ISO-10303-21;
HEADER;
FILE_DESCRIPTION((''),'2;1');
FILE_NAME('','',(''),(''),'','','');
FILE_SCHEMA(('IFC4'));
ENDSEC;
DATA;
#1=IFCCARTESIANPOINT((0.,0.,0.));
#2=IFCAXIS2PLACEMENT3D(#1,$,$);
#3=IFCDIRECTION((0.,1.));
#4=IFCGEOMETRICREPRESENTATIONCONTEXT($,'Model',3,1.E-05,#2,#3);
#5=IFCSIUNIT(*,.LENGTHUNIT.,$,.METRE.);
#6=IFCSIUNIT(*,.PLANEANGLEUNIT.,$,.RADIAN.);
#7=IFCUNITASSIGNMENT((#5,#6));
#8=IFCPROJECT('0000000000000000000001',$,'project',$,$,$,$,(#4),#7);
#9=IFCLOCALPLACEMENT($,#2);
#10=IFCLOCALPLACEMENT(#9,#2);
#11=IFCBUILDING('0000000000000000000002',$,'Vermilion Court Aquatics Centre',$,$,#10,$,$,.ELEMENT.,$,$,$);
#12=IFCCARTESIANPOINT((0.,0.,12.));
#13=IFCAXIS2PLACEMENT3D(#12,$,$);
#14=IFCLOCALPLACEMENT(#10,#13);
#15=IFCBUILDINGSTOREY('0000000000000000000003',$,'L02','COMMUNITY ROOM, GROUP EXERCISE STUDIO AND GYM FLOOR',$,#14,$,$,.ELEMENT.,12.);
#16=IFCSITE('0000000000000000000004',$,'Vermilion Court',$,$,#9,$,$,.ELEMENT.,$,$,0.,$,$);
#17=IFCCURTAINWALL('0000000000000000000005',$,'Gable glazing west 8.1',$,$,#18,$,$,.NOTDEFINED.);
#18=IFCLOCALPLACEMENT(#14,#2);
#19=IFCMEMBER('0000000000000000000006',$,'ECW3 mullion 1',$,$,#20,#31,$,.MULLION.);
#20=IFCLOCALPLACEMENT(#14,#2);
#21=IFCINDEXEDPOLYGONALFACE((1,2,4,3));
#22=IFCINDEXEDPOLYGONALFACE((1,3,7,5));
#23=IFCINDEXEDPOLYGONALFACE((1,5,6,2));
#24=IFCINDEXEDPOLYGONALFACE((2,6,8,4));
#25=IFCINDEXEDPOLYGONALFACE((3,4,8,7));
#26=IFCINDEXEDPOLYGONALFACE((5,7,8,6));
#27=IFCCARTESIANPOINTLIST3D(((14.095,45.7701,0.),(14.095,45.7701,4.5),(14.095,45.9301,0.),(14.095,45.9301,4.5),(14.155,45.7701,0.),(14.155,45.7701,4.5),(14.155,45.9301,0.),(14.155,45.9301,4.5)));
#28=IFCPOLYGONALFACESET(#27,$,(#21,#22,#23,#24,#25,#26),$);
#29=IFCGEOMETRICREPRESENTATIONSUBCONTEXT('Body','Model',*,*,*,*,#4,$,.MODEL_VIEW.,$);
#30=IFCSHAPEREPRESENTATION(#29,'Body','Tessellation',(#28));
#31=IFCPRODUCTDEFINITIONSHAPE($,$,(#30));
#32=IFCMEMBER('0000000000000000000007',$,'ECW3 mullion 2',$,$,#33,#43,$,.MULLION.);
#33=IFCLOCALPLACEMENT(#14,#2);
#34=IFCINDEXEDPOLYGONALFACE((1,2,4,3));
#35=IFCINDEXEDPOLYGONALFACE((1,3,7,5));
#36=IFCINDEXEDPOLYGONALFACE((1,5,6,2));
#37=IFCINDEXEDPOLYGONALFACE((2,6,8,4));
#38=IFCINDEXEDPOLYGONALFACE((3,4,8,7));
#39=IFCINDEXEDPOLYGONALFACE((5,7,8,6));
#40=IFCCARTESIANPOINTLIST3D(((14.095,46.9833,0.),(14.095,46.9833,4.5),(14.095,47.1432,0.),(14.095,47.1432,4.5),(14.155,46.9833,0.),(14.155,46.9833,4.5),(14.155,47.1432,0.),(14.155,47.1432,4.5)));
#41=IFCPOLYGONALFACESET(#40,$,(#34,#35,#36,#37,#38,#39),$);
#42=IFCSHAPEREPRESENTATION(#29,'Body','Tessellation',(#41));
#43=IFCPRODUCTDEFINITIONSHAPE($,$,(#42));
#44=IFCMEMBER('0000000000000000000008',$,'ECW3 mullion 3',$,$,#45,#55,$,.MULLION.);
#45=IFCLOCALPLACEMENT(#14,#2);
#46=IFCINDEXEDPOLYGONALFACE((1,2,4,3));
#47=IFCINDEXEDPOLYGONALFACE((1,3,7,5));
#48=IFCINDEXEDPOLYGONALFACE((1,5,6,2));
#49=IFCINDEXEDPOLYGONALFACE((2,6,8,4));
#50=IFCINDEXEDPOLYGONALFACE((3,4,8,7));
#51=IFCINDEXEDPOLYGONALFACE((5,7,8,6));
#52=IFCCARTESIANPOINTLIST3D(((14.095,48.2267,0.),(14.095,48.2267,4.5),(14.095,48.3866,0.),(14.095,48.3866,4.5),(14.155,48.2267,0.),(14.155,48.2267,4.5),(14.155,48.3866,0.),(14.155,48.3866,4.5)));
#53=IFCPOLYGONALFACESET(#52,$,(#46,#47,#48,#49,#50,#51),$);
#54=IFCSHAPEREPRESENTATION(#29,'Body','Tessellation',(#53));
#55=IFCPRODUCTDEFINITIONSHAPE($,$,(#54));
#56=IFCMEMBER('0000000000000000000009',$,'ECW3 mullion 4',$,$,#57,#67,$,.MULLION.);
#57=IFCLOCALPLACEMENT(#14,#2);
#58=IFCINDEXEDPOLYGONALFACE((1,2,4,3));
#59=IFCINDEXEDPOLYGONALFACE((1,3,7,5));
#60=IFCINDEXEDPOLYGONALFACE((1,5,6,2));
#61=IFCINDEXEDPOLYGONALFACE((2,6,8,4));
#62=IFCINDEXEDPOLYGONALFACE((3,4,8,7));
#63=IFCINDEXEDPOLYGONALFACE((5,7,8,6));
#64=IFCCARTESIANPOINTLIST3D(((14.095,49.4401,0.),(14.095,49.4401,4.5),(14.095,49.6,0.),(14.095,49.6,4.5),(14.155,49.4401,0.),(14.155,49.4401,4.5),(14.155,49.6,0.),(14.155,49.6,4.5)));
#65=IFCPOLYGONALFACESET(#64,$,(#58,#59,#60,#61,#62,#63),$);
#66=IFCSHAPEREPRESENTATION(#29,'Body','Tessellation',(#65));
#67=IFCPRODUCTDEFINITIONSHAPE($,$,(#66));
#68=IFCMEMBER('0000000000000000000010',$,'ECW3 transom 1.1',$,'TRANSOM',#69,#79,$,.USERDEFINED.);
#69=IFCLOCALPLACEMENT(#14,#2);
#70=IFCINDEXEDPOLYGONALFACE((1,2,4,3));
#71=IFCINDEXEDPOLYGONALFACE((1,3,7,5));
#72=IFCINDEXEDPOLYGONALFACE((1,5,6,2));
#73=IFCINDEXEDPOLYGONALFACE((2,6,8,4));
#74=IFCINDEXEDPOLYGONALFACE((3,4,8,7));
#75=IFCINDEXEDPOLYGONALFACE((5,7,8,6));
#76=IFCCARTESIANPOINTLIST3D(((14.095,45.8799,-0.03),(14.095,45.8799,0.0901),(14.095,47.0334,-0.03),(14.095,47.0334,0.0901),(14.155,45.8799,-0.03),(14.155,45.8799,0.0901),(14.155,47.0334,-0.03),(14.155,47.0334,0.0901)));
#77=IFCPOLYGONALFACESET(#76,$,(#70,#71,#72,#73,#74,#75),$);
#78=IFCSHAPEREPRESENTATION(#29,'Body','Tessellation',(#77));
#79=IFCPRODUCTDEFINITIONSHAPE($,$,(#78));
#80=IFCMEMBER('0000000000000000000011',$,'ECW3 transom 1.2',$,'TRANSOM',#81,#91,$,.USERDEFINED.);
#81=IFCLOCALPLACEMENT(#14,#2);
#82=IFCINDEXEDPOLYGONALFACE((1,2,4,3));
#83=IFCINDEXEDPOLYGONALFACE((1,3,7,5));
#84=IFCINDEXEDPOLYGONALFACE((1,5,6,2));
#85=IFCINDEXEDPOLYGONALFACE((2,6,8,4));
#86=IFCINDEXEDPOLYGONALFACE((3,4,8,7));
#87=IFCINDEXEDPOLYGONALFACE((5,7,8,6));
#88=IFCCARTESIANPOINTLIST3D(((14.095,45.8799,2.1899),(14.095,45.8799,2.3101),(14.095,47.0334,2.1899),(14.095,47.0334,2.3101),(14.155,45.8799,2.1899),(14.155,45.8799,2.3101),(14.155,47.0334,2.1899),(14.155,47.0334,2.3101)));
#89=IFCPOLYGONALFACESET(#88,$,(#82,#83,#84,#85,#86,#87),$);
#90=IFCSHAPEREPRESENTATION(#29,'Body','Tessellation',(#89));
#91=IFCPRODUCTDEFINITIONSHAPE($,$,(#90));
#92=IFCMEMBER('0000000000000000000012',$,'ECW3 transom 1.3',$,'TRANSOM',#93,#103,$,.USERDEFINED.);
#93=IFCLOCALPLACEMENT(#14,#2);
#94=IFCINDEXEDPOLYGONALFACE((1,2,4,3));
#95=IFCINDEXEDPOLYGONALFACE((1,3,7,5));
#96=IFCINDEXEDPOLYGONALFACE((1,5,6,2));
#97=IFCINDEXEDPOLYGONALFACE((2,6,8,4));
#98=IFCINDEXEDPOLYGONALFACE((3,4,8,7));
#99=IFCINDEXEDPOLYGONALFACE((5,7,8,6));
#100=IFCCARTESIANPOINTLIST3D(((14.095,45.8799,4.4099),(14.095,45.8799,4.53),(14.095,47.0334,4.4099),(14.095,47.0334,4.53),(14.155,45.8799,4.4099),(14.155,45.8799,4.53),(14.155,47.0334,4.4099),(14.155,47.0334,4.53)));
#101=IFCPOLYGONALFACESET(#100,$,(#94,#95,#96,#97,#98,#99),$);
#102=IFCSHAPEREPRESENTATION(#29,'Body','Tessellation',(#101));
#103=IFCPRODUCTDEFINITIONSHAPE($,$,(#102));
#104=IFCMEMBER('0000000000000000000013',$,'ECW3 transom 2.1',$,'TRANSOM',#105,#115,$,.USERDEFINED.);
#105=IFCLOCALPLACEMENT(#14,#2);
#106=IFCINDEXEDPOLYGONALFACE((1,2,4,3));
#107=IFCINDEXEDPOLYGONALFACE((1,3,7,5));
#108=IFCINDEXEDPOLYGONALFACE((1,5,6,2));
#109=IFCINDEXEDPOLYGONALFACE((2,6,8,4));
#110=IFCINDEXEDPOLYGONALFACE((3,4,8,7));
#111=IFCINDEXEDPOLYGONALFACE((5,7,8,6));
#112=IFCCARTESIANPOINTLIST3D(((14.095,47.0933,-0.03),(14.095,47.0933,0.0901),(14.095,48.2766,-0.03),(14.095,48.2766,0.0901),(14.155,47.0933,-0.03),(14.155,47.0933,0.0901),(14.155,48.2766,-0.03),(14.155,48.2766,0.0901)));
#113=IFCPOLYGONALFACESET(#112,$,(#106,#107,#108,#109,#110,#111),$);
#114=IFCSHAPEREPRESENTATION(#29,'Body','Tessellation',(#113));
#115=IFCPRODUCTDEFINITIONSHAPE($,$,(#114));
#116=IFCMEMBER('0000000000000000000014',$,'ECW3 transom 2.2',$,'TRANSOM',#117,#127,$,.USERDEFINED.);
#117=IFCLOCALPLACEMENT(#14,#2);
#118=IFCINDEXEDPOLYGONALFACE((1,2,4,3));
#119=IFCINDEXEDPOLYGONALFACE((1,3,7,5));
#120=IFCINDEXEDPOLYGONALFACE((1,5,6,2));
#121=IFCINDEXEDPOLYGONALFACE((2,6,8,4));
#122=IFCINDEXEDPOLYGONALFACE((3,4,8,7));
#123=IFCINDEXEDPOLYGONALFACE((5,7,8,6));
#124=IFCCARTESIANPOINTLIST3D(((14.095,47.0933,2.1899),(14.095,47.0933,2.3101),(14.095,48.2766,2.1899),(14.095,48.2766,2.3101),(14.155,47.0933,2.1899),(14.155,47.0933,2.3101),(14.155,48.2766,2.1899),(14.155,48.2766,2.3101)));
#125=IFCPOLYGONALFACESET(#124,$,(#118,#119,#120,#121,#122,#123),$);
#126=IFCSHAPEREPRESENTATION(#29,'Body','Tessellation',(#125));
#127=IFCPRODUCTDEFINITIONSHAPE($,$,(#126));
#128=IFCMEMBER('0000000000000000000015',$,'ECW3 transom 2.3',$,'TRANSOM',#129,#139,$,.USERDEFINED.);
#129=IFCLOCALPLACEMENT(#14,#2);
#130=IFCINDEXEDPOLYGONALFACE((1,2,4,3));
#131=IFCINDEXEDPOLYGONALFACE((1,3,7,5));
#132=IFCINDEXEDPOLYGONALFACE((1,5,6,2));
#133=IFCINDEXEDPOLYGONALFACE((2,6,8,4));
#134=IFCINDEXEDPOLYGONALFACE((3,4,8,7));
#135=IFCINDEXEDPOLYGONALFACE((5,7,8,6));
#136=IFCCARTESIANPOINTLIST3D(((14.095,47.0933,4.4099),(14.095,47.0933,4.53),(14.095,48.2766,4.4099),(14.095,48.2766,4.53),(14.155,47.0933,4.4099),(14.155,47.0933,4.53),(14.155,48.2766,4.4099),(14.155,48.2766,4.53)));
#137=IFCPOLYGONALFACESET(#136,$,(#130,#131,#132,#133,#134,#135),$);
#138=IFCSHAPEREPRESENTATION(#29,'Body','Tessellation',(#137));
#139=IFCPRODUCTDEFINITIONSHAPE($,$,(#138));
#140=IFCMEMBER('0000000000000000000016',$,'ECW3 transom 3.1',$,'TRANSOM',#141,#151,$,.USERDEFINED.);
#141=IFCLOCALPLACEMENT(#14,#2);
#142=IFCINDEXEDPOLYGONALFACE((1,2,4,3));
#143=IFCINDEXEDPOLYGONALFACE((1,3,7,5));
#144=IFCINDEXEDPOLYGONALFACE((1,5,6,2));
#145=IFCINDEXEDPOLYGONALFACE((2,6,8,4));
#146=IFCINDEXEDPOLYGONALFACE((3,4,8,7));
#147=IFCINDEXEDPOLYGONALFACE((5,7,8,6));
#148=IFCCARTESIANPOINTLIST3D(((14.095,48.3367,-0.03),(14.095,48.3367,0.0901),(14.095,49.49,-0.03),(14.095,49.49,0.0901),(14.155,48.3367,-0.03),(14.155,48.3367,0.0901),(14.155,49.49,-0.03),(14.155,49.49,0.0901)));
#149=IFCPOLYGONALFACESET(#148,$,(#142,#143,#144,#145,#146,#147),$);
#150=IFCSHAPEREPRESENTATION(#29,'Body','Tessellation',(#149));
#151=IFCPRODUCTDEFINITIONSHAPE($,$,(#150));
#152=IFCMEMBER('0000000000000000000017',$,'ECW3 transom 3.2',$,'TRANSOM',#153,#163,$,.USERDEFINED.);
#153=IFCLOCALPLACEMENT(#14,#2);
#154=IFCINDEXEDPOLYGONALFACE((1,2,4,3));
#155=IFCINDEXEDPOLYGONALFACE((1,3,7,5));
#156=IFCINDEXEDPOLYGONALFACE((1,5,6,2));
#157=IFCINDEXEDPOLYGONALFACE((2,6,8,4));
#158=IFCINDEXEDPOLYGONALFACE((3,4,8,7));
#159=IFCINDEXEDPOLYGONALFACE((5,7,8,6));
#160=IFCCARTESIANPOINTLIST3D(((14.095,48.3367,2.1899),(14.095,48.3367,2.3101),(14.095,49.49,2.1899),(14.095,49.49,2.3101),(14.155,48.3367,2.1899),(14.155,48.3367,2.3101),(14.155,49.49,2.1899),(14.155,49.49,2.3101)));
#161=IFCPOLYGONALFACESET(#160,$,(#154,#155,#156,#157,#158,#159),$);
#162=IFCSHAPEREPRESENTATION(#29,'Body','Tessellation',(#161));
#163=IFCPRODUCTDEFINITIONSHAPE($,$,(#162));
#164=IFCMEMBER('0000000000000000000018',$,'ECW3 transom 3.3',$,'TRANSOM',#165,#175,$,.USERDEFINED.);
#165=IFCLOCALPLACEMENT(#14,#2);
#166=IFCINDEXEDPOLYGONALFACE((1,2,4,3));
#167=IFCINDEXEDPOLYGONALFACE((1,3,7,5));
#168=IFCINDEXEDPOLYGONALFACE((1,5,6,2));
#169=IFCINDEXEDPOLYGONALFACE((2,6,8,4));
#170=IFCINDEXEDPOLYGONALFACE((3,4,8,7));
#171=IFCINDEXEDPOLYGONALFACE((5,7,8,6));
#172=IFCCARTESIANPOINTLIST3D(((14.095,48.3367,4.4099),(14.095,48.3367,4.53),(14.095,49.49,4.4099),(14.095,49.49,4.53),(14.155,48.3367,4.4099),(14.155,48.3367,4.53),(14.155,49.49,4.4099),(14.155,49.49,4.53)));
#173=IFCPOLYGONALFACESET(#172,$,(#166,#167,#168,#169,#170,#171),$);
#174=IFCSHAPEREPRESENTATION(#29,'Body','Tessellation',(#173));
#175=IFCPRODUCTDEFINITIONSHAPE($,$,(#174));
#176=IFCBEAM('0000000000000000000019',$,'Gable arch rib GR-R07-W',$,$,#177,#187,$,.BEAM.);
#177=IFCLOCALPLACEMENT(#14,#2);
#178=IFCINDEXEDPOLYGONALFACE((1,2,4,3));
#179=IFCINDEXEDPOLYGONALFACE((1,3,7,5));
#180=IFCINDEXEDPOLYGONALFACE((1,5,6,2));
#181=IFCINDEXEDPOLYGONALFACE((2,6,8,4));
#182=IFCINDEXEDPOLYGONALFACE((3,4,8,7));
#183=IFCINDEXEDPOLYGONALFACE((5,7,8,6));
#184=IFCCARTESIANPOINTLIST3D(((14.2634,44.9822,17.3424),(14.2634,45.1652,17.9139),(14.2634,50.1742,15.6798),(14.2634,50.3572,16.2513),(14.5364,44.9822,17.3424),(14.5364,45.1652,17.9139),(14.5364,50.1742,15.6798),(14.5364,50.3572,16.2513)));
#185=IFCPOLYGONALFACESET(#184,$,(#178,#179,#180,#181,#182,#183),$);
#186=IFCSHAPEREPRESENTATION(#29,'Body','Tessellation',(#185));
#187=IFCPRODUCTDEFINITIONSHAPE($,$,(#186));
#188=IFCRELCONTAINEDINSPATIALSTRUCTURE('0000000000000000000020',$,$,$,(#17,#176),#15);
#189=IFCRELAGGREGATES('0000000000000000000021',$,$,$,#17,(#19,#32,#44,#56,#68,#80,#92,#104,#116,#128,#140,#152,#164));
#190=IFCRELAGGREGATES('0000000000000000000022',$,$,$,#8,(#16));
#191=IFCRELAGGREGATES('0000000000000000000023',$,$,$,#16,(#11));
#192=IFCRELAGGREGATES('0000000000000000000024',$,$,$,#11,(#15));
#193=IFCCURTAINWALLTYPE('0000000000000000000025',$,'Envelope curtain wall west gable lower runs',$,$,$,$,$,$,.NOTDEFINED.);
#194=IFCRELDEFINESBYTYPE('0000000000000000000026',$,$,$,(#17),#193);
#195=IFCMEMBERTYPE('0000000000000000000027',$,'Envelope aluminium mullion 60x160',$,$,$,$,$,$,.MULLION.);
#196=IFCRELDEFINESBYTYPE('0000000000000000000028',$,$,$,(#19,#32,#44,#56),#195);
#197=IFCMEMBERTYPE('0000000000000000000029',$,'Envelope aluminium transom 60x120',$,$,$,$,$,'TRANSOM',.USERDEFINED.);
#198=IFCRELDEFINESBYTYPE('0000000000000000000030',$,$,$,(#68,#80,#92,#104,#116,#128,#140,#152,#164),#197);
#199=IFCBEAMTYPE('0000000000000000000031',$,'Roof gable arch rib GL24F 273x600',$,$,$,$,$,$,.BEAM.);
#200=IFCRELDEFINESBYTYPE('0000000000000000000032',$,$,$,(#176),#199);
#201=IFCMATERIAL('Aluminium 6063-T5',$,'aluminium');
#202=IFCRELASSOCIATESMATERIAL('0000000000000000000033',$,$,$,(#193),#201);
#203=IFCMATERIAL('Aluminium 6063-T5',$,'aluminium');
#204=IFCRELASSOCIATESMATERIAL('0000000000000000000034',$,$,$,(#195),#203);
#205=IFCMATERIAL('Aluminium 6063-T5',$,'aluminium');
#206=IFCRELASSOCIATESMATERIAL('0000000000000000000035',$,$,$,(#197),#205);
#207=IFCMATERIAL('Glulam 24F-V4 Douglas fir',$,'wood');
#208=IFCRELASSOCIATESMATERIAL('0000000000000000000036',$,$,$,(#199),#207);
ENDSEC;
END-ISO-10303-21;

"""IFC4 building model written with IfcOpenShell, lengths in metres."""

from ifc_helpers import new_model, si_unit, direction, frame, origin, origin_2d, place, context, subcontext, project, spatial, rectangle, extrude, material, material_profile, profile_set, type_object, element, aggregate, save


model = new_model("IFC4")

# Units and contexts
model_context = context("Model", 3, precision=1e-05, world=origin(), true_north=direction((0.0, 1.0)))
body_context = subcontext(model_context, "Body", "Model", "MODEL_VIEW")
ifc_project = project(units=[si_unit("LENGTHUNIT", "METRE"), si_unit("PLANEANGLEUNIT", "RADIAN")], contexts=[model_context])

# Site, building, storey
site_placement = place(None, origin())
site = spatial("IfcSite", under=ifc_project, at=site_placement, Name="Vermilion Court", CompositionType="ELEMENT", RefElevation=0.0)
building_placement = place(site_placement, origin())
building = spatial("IfcBuilding", under=site, at=building_placement, Name="Vermilion Court Aquatics Centre", CompositionType="ELEMENT")
storey_placement = place(building_placement, frame((0.0, 0.0, 12.0)))
storey = spatial("IfcBuildingStorey", under=building, at=storey_placement, Name="L02", Description="COMMUNITY ROOM, GROUP EXERCISE STUDIO AND GYM FLOOR", CompositionType="ELEMENT", Elevation=12.0)

# Curtain wall, members
ifc_material_1 = material(Name="Aluminium 6063-T5", Category="aluminium")
curtain_wall_type = type_object("IfcCurtainWallType", Name="Envelope curtain wall west gable lower runs", PredefinedType="NOTDEFINED", material=ifc_material_1)
curtain_wall_placement = place(storey_placement, origin())
curtain_wall = element("IfcCurtainWall", 1, at=curtain_wall_placement, inside=storey, type_object=curtain_wall_type, Name="Gable glazing west 8.1", PredefinedType="NOTDEFINED")
ifc_material_2 = material(Name="Aluminium 6063-T5", Category="aluminium")
ifc_material_profile_1 = material_profile(ifc_material_2, rectangle(XDim=0.0601, YDim=0.1599, at=origin_2d()), Name="AL 60x160")
ifc_profile_set_1 = profile_set([ifc_material_profile_1], Name="Aluminium 6063-T5")
member_type_1 = type_object("IfcMemberType", Name="Envelope aluminium mullion 60x160", PredefinedType="MULLION", material=ifc_profile_set_1)
member_1_placement = place(storey_placement, frame((14.125, 45.8501, 0.0), z_axis=(0.0, 0.0, 1.0), x_axis=(-1.0, 0.0, 0.0)))
member_1 = element("IfcMember", 2, at=member_1_placement, type_object=member_type_1, Name="ECW3 mullion 1", PredefinedType="MULLION", context=body_context, shape_type="SweptSolid", body=[
    extrude(rectangle(XDim=0.0601, YDim=0.1599, at=origin_2d()), origin(), (0.0, 0.0, 1.0), 4.5),
])
member_2_placement = place(storey_placement, frame((14.125, 47.0632, 0.0), z_axis=(0.0, 0.0, 1.0), x_axis=(-1.0, 0.0, 0.0)))
member_2 = element("IfcMember", 3, at=member_2_placement, type_object=member_type_1, Name="ECW3 mullion 2", PredefinedType="MULLION", context=body_context, shape_type="SweptSolid", body=[
    extrude(rectangle(XDim=0.0601, YDim=0.1599, at=origin_2d()), origin(), (0.0, 0.0, 1.0), 4.5),
])
member_3_placement = place(storey_placement, frame((14.125, 48.3066, 0.0), z_axis=(0.0, 0.0, 1.0), x_axis=(-1.0, 0.0, 0.0)))
member_3 = element("IfcMember", 4, at=member_3_placement, type_object=member_type_1, Name="ECW3 mullion 3", PredefinedType="MULLION", context=body_context, shape_type="SweptSolid", body=[
    extrude(rectangle(XDim=0.0601, YDim=0.1599, at=origin_2d()), origin(), (0.0, 0.0, 1.0), 4.5),
])
member_4_placement = place(storey_placement, frame((14.125, 49.52, 0.0), z_axis=(0.0, 0.0, 1.0), x_axis=(-1.0, 0.0, 0.0)))
member_4 = element("IfcMember", 5, at=member_4_placement, type_object=member_type_1, Name="ECW3 mullion 4", PredefinedType="MULLION", context=body_context, shape_type="SweptSolid", body=[
    extrude(rectangle(XDim=0.0601, YDim=0.1599, at=origin_2d()), origin(), (0.0, 0.0, 1.0), 4.5),
])
ifc_material_3 = material(Name="Aluminium 6063-T5", Category="aluminium")
ifc_material_profile_2 = material_profile(ifc_material_3, rectangle(XDim=0.0601, YDim=0.1201, at=origin_2d()), Name="AL 60x120")
ifc_profile_set_2 = profile_set([ifc_material_profile_2], Name="Aluminium 6063-T5")
member_type_2 = type_object("IfcMemberType", Name="Envelope aluminium transom 60x120", ElementType="TRANSOM", PredefinedType="USERDEFINED", material=ifc_profile_set_2)
member_5_placement = place(storey_placement, frame((14.125, 45.8799, 0.03), z_axis=(0.0, 1.0, 0.0), x_axis=(-1.0, 0.0, 0.0)))
member_5 = element("IfcMember", 6, at=member_5_placement, type_object=member_type_2, Name="ECW3 transom 1.1", ObjectType="TRANSOM", PredefinedType="USERDEFINED", context=body_context, shape_type="SweptSolid", body=[
    extrude(rectangle(XDim=0.0601, YDim=0.1201, at=origin_2d()), origin(), (0.0, 0.0, 1.0), 1.1536),
])
member_6_placement = place(storey_placement, frame((14.125, 45.8799, 2.25), z_axis=(0.0, 1.0, 0.0), x_axis=(-1.0, 0.0, 0.0)))
member_6 = element("IfcMember", 7, at=member_6_placement, type_object=member_type_2, Name="ECW3 transom 1.2", ObjectType="TRANSOM", PredefinedType="USERDEFINED", context=body_context, shape_type="SweptSolid", body=[
    extrude(rectangle(XDim=0.0601, YDim=0.1201, at=origin_2d()), origin(), (0.0, 0.0, 1.0), 1.1536),
])
member_7_placement = place(storey_placement, frame((14.125, 45.8799, 4.47), z_axis=(0.0, 1.0, 0.0), x_axis=(-1.0, 0.0, 0.0)))
member_7 = element("IfcMember", 8, at=member_7_placement, type_object=member_type_2, Name="ECW3 transom 1.3", ObjectType="TRANSOM", PredefinedType="USERDEFINED", context=body_context, shape_type="SweptSolid", body=[
    extrude(rectangle(XDim=0.0601, YDim=0.1201, at=origin_2d()), origin(), (0.0, 0.0, 1.0), 1.1536),
])
member_8_placement = place(storey_placement, frame((14.125, 47.0933, 0.03), z_axis=(0.0, 1.0, 0.0), x_axis=(-1.0, 0.0, 0.0)))
member_8 = element("IfcMember", 9, at=member_8_placement, type_object=member_type_2, Name="ECW3 transom 2.1", ObjectType="TRANSOM", PredefinedType="USERDEFINED", context=body_context, shape_type="SweptSolid", body=[
    extrude(rectangle(XDim=0.0601, YDim=0.1201, at=origin_2d()), origin(), (0.0, 0.0, 1.0), 1.1833),
])
member_9_placement = place(storey_placement, frame((14.125, 47.0933, 2.25), z_axis=(0.0, 1.0, 0.0), x_axis=(-1.0, 0.0, 0.0)))
member_9 = element("IfcMember", 10, at=member_9_placement, type_object=member_type_2, Name="ECW3 transom 2.2", ObjectType="TRANSOM", PredefinedType="USERDEFINED", context=body_context, shape_type="SweptSolid", body=[
    extrude(rectangle(XDim=0.0601, YDim=0.1201, at=origin_2d()), origin(), (0.0, 0.0, 1.0), 1.1833),
])
member_10_placement = place(storey_placement, frame((14.125, 47.0933, 4.47), z_axis=(0.0, 1.0, 0.0), x_axis=(-1.0, 0.0, 0.0)))
member_10 = element("IfcMember", 11, at=member_10_placement, type_object=member_type_2, Name="ECW3 transom 2.3", ObjectType="TRANSOM", PredefinedType="USERDEFINED", context=body_context, shape_type="SweptSolid", body=[
    extrude(rectangle(XDim=0.0601, YDim=0.1201, at=origin_2d()), origin(), (0.0, 0.0, 1.0), 1.1833),
])
member_11_placement = place(storey_placement, frame((14.125, 48.3367, 0.03), z_axis=(0.0, 1.0, 0.0), x_axis=(-1.0, 0.0, 0.0)))
member_11 = element("IfcMember", 12, at=member_11_placement, type_object=member_type_2, Name="ECW3 transom 3.1", ObjectType="TRANSOM", PredefinedType="USERDEFINED", context=body_context, shape_type="SweptSolid", body=[
    extrude(rectangle(XDim=0.0601, YDim=0.1201, at=origin_2d()), origin(), (0.0, 0.0, 1.0), 1.1533),
])
member_12_placement = place(storey_placement, frame((14.125, 48.3367, 2.25), z_axis=(0.0, 1.0, 0.0), x_axis=(-1.0, 0.0, 0.0)))
member_12 = element("IfcMember", 13, at=member_12_placement, type_object=member_type_2, Name="ECW3 transom 3.2", ObjectType="TRANSOM", PredefinedType="USERDEFINED", context=body_context, shape_type="SweptSolid", body=[
    extrude(rectangle(XDim=0.0601, YDim=0.1201, at=origin_2d()), origin(), (0.0, 0.0, 1.0), 1.1533),
])
member_13_placement = place(storey_placement, frame((14.125, 48.3367, 4.47), z_axis=(0.0, 1.0, 0.0), x_axis=(-1.0, 0.0, 0.0)))
member_13 = element("IfcMember", 14, at=member_13_placement, type_object=member_type_2, Name="ECW3 transom 3.3", ObjectType="TRANSOM", PredefinedType="USERDEFINED", context=body_context, shape_type="SweptSolid", body=[
    extrude(rectangle(XDim=0.0601, YDim=0.1201, at=origin_2d()), origin(), (0.0, 0.0, 1.0), 1.1533),
])

# Beam
ifc_material_4 = material(Name="Glulam 24F-V4 Douglas fir", Category="wood")
ifc_material_profile_3 = material_profile(ifc_material_4, rectangle(XDim=0.2729, YDim=0.6001, at=origin_2d()), Name="GL24F 273x600")
ifc_profile_set_3 = profile_set([ifc_material_profile_3], Name="Glulam 24F-V4 Douglas fir")
beam_type_1 = type_object("IfcBeamType", Name="Roof gable arch rib GL24F 273x600", PredefinedType="BEAM", material=ifc_profile_set_3)
beam_1_placement = place(storey_placement, frame((14.3999, 45.0737, 17.6282), z_axis=(0.0, 0.952361, -0.304974), x_axis=(-1.0, 0.0, 0.0)))
element("IfcBeam", 15, at=beam_1_placement, inside=storey, type_object=beam_type_1, Name="Gable arch rib GR-R07-W", PredefinedType="BEAM", context=body_context, shape_type="SweptSolid", body=[
    extrude(rectangle(XDim=0.2729, YDim=0.6001, at=origin_2d()), origin(), (0.0, 0.0, 1.0), 5.4517),
])

aggregate(curtain_wall, [member_1, member_2, member_3, member_4, member_5, member_6, member_7, member_8, member_9, member_10, member_11, member_12, member_13])

save(model, "model.ifc")
